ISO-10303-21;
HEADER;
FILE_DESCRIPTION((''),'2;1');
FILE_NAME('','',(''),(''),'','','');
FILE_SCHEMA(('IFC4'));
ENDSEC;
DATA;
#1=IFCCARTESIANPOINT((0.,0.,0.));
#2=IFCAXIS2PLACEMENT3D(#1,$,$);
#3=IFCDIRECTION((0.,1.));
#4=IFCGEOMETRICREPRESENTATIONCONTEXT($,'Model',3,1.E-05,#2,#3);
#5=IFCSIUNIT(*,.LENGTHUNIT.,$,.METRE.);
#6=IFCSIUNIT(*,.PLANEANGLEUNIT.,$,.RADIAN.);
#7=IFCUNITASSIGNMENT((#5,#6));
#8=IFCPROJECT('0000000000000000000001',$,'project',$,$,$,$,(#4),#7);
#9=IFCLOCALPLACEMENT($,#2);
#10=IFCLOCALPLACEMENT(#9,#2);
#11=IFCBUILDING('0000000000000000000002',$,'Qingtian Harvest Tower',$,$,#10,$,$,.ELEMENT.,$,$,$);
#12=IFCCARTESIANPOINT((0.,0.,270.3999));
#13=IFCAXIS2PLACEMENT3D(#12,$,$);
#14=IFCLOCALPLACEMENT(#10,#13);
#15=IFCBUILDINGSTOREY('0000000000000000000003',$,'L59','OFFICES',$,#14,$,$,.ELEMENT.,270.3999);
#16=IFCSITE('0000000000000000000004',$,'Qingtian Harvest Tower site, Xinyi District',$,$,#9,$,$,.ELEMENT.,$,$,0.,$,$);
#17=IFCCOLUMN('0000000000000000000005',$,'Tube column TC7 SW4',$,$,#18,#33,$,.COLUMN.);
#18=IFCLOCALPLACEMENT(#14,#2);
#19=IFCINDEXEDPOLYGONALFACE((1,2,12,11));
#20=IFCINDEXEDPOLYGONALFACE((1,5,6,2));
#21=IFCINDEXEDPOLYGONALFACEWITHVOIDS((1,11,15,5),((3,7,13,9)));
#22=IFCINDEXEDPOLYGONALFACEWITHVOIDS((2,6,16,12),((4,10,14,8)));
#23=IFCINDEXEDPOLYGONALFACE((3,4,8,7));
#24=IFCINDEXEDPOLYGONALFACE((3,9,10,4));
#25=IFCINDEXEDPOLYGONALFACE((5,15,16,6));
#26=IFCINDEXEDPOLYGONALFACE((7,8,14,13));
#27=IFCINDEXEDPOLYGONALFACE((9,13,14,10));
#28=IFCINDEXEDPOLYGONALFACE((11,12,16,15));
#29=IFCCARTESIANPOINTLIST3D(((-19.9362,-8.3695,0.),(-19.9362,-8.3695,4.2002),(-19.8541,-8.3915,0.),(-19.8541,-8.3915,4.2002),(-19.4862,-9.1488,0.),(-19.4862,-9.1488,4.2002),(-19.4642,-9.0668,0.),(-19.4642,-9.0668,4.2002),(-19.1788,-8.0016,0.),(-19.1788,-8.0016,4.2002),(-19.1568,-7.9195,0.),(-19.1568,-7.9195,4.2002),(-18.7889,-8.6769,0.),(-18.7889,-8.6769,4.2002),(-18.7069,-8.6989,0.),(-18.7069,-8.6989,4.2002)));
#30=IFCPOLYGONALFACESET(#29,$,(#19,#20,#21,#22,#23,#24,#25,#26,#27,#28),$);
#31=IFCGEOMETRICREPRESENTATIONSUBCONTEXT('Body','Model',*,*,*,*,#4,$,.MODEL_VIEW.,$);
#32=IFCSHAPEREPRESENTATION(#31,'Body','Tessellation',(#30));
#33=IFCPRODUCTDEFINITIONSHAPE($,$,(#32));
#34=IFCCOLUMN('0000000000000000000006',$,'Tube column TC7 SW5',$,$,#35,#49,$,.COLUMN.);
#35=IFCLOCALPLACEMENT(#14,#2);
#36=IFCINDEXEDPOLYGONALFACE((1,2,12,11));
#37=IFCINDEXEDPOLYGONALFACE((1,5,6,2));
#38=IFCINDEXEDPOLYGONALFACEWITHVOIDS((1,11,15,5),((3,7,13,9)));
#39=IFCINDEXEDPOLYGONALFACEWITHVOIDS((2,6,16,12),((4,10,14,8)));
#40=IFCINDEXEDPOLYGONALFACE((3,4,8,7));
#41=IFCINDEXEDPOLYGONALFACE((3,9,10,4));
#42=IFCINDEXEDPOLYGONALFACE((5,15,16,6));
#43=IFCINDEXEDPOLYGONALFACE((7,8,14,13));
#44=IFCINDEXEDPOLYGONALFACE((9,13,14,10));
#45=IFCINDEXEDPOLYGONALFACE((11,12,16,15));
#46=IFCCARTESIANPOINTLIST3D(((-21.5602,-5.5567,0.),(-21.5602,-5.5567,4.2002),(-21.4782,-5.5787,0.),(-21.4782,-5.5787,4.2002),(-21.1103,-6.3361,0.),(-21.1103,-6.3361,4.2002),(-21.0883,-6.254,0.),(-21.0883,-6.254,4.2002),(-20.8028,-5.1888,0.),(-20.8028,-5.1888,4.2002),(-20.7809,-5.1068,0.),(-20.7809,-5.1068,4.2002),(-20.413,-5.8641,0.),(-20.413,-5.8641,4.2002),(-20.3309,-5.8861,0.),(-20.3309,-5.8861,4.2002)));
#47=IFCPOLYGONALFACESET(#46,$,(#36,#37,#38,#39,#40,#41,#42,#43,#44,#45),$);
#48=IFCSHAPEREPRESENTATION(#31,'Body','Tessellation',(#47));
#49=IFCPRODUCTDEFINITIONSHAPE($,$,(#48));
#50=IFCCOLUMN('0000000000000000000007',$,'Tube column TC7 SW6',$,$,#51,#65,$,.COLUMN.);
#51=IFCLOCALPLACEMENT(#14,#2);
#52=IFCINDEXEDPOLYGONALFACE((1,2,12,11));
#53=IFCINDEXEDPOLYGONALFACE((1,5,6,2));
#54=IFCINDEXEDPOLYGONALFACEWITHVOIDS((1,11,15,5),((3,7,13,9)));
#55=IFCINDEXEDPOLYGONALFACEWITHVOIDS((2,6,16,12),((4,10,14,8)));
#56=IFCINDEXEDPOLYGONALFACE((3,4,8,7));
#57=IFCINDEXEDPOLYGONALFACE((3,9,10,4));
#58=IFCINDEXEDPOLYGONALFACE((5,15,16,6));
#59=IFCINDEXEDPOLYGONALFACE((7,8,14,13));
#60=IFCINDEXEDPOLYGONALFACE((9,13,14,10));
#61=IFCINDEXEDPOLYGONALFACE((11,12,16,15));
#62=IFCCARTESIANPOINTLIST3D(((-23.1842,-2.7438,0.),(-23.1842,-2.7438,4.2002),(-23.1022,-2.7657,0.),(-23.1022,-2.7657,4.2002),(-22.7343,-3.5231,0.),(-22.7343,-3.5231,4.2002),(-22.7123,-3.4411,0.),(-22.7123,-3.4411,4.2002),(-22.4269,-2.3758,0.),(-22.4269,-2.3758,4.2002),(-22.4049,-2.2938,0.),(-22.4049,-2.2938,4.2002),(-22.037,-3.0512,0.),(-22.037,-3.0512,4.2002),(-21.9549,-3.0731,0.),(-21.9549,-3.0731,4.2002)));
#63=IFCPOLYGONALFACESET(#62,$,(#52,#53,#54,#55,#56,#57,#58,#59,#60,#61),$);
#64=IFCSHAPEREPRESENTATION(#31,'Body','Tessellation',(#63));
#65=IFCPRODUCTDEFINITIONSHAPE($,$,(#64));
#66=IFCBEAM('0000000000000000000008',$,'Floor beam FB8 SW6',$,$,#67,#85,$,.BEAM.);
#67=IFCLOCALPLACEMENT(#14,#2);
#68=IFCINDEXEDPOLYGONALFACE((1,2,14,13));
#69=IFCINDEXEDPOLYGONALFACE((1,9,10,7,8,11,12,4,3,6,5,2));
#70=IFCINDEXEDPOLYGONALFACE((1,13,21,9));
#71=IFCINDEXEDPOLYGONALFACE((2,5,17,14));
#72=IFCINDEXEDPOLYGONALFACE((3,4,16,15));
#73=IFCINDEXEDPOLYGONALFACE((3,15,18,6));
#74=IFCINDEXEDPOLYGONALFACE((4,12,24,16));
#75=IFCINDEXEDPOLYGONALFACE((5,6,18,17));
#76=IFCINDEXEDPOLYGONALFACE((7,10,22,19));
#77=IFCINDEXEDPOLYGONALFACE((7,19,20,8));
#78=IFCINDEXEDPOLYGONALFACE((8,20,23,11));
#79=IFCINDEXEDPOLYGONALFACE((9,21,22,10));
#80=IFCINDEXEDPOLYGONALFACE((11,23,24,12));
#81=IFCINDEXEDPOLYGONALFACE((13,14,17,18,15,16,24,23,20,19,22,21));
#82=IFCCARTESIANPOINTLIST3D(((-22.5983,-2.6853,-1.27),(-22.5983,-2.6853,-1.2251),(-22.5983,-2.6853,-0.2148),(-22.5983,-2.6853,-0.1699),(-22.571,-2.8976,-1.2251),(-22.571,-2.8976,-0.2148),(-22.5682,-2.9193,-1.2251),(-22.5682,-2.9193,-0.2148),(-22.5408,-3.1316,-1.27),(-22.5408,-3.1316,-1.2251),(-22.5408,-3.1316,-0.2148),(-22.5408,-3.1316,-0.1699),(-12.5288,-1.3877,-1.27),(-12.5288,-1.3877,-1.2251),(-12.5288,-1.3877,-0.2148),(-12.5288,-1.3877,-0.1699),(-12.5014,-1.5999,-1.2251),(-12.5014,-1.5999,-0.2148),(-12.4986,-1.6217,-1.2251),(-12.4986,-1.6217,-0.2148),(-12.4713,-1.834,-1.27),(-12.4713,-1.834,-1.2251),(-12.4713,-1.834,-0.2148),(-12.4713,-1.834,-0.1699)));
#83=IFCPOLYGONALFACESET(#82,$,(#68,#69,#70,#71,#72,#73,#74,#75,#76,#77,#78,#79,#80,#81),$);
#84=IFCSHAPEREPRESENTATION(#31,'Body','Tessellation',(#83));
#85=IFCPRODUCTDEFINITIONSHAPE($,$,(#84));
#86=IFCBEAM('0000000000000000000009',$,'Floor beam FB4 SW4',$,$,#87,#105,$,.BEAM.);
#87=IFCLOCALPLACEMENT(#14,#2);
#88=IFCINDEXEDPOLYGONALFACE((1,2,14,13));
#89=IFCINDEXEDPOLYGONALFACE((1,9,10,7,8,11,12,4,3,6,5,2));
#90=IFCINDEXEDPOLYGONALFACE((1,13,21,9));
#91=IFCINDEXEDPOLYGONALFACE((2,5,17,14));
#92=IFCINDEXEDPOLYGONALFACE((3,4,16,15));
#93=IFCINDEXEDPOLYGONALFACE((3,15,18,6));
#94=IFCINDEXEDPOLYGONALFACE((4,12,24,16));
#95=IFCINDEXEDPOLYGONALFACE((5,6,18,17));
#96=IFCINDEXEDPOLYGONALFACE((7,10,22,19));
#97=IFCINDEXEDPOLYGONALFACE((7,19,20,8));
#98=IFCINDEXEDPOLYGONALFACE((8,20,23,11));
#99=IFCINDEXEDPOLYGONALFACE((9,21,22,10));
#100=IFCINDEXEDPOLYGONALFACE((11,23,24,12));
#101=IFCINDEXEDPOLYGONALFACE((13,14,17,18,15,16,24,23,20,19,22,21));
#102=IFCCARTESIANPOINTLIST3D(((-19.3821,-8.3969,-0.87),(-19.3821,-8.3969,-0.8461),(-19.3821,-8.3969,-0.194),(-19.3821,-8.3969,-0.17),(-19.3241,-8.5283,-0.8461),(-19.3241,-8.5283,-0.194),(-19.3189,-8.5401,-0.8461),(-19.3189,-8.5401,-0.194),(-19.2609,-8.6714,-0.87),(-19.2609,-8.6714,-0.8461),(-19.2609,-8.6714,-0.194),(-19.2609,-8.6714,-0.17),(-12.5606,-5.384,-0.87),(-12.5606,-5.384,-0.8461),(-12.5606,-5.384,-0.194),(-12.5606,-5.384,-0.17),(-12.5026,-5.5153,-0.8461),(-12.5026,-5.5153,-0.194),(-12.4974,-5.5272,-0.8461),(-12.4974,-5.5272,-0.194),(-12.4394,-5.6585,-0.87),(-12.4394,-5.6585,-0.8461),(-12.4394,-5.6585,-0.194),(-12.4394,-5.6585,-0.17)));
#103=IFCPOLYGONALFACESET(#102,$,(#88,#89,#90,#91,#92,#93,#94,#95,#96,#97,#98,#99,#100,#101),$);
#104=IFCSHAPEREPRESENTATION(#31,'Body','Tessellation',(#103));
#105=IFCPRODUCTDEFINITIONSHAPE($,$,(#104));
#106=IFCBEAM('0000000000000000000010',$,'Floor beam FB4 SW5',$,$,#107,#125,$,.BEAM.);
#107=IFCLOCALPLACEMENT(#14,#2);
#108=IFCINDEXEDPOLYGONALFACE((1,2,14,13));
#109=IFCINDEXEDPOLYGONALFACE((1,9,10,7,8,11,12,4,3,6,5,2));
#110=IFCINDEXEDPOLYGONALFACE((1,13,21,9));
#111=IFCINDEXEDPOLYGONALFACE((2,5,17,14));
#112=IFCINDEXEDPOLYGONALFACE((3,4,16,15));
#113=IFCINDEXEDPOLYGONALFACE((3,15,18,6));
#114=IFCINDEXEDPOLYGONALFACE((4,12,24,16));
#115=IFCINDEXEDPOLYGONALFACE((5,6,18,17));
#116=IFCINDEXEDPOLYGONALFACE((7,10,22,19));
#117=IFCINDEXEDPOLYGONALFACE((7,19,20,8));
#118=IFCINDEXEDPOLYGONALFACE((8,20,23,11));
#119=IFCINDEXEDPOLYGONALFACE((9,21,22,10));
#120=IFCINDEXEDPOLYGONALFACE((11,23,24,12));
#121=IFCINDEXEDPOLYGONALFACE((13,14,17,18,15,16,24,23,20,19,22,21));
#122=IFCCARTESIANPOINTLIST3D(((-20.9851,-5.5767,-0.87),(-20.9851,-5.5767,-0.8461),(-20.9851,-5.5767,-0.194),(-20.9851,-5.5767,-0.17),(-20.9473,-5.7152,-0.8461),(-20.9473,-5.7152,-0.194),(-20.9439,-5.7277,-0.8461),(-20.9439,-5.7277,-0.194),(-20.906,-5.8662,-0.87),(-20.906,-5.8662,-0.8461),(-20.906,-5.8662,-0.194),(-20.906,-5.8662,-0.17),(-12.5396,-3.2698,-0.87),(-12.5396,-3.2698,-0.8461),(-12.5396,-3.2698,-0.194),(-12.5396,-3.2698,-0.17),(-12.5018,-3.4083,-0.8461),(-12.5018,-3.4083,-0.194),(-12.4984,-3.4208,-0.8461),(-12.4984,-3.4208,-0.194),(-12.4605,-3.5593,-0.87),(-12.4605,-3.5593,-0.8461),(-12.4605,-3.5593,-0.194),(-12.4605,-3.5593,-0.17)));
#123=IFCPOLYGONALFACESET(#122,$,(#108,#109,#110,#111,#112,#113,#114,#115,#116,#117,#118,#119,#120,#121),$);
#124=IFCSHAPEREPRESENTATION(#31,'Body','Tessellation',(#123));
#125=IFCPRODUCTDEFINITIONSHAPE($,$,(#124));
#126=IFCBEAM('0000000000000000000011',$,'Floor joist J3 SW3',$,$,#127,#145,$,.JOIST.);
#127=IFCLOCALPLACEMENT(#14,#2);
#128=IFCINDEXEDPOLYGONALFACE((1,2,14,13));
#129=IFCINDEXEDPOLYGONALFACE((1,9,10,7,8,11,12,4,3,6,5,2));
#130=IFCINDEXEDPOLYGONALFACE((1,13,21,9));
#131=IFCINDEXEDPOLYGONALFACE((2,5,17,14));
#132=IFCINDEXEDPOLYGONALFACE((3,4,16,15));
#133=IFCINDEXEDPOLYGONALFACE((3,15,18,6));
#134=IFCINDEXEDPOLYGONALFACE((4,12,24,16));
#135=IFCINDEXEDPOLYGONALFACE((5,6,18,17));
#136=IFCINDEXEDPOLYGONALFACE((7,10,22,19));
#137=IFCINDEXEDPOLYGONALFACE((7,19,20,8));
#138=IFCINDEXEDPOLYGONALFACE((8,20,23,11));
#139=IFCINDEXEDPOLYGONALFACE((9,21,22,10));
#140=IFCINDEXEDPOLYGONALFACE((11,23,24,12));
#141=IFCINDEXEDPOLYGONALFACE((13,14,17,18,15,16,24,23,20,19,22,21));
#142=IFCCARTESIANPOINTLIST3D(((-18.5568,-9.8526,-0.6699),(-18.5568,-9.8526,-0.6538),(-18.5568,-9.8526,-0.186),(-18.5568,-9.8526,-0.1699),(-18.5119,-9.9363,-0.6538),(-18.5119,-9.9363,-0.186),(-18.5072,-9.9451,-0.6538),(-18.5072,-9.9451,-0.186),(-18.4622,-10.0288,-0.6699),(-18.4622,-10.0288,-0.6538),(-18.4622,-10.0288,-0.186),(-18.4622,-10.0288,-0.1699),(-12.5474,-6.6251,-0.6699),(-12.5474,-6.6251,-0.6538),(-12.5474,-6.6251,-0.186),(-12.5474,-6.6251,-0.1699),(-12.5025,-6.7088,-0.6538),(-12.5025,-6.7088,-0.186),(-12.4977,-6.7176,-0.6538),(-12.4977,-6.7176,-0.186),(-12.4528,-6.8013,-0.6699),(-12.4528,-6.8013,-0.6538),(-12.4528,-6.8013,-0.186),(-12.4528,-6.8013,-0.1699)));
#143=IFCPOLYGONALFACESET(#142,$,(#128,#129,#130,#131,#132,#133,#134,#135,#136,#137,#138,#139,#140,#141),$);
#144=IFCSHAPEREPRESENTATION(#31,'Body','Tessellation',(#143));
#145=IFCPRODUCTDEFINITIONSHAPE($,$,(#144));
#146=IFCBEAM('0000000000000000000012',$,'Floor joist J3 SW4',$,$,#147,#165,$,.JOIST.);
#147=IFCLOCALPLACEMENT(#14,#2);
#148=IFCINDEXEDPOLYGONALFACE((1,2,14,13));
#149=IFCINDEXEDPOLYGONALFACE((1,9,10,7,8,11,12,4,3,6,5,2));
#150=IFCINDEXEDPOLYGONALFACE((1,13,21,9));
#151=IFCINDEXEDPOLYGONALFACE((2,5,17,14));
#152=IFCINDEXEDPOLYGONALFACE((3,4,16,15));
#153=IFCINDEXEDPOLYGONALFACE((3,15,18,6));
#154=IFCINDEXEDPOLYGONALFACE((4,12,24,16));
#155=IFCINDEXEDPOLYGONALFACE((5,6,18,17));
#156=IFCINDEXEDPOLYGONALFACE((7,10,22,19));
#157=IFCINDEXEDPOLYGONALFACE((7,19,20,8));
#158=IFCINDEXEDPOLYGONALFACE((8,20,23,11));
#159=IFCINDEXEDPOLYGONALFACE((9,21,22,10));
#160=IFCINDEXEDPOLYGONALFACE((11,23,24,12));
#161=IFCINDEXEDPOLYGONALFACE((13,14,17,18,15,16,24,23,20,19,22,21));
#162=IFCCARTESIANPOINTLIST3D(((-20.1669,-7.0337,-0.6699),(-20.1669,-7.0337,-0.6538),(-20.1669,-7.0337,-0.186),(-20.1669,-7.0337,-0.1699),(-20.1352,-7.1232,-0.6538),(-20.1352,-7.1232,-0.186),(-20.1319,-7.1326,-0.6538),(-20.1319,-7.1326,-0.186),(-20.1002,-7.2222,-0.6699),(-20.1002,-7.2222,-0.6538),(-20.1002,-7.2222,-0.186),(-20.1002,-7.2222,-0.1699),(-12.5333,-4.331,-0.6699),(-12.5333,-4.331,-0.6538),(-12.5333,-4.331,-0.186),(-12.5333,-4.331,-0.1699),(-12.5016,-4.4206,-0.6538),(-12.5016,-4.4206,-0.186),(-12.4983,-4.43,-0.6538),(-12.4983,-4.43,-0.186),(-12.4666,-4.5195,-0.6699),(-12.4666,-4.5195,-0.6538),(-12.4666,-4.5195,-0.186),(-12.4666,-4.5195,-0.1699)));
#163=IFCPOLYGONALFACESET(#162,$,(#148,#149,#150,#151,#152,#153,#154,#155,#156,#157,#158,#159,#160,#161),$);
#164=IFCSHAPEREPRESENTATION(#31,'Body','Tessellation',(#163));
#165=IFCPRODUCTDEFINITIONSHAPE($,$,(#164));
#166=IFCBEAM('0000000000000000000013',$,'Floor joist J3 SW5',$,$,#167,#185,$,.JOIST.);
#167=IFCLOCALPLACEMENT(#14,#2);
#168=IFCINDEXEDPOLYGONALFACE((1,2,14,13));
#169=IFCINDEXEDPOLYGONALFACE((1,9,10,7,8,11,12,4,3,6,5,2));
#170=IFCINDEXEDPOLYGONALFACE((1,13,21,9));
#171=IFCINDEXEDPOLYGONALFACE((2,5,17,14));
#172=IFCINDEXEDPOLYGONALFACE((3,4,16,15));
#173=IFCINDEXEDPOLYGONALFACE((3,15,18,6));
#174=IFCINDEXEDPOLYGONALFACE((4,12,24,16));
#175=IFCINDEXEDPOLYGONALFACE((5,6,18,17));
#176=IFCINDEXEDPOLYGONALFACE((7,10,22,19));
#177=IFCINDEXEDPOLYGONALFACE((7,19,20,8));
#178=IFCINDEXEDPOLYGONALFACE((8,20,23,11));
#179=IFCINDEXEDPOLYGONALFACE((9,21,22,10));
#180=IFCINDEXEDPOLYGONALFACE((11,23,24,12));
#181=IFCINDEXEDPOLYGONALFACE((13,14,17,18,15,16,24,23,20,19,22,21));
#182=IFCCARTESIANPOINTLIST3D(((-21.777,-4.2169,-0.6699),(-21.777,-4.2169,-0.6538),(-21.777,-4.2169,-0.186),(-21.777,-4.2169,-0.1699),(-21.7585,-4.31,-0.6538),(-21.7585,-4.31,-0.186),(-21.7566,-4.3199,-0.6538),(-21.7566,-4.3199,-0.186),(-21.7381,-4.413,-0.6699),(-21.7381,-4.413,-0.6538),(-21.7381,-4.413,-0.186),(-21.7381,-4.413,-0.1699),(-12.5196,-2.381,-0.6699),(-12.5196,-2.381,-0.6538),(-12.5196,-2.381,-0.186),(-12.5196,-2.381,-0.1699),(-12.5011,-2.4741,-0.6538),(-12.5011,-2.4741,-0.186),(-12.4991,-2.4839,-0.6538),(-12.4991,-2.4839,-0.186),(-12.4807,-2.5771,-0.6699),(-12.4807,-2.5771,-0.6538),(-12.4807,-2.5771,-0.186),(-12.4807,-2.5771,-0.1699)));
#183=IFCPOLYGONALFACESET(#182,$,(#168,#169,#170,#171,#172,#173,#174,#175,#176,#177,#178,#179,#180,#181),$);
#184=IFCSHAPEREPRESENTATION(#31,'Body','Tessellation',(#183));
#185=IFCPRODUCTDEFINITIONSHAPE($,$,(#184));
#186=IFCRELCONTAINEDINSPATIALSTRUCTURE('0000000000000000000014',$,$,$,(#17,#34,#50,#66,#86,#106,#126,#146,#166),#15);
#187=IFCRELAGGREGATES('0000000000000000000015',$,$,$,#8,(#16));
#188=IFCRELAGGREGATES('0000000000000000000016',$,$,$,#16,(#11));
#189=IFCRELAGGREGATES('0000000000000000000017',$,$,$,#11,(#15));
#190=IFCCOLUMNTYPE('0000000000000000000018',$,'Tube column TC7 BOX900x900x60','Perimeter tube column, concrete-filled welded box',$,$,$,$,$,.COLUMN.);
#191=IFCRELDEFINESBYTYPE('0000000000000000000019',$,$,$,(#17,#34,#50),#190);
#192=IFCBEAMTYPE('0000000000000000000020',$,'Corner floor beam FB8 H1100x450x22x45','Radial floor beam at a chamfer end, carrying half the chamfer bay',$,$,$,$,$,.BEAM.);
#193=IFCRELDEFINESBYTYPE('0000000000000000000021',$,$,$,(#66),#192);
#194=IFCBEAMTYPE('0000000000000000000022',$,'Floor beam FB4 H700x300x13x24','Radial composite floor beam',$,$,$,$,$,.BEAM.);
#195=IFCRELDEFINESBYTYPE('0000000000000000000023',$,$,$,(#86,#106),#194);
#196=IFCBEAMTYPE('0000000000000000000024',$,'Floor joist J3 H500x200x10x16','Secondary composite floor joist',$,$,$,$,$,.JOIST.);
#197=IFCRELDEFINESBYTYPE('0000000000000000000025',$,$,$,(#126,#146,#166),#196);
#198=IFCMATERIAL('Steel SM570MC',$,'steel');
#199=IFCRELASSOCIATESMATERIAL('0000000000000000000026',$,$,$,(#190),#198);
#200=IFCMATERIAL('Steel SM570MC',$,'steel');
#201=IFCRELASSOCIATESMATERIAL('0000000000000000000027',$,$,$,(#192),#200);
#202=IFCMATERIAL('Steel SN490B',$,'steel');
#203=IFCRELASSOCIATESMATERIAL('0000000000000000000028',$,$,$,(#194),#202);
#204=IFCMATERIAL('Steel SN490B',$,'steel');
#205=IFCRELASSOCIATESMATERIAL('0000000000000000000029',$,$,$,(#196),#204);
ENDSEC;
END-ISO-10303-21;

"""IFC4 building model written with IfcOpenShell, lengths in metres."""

from ifc_helpers import new_model, si_unit, direction, frame, origin, origin_2d, place, context, subcontext, project, spatial, hollow_rectangle, i_section, extrude, material, material_profile, profile_set, type_object, element, save


model = new_model("IFC4")

# Units and contexts
model_context = context("Model", 3, precision=1e-05, world=origin(), true_north=direction((0.0, 1.0)))
body_context = subcontext(model_context, "Body", "Model", "MODEL_VIEW")
ifc_project = project(units=[si_unit("LENGTHUNIT", "METRE"), si_unit("PLANEANGLEUNIT", "RADIAN")], contexts=[model_context])

# Site, building, storey
site_placement = place(None, origin())
site = spatial("IfcSite", under=ifc_project, at=site_placement, Name="Qingtian Harvest Tower site, Xinyi District", CompositionType="ELEMENT", RefElevation=0.0)
building_placement = place(site_placement, origin())
building = spatial("IfcBuilding", under=site, at=building_placement, Name="Qingtian Harvest Tower", CompositionType="ELEMENT")
storey_placement = place(building_placement, frame((0.0, 0.0, 270.3999)))
storey = spatial("IfcBuildingStorey", under=building, at=storey_placement, Name="L59", Description="OFFICES", CompositionType="ELEMENT", Elevation=270.3999)

# Columns
ifc_material_1 = material(Name="Steel SM570MC", Category="steel")
ifc_material_profile_1 = material_profile(ifc_material_1, hollow_rectangle(XDim=0.8999, YDim=0.8999, WallThickness=0.0601, at=origin_2d()), Name="BOX900x900x60")
ifc_profile_set_1 = profile_set([ifc_material_profile_1], Name="Steel SM570MC")
column_type = type_object("IfcColumnType", Name="Tube column TC7 BOX900x900x60", Description="Perimeter tube column, concrete-filled welded box", PredefinedType="COLUMN", material=ifc_profile_set_1)
for number, where, z_axis, x_axis, name in (
    (1, (-19.3215, -8.5342, 0.0), (0.0, 0.0, 1.0), (0.5, -0.866025, 0.0), "Tube column TC7 SW4"),
    (2, (-20.9456, -5.7214, 0.0), (0.0, 0.0, 1.0), (0.5, -0.866025, 0.0), "Tube column TC7 SW5"),
    (3, (-22.5696, -2.9084, 0.0), (0.0, 0.0, 1.0), (0.5, -0.866025, 0.0), "Tube column TC7 SW6"),
):
    element("IfcColumn", number, at=place(storey_placement, frame(where, z_axis=z_axis, x_axis=x_axis)), inside=storey, type_object=column_type, Name=name, PredefinedType="COLUMN", context=body_context, shape_type="SweptSolid", body=[
        extrude(hollow_rectangle(XDim=0.8999, YDim=0.8999, WallThickness=0.0601, at=origin_2d()), origin(), (0.0, 0.0, 1.0), 4.2002),
    ])

# Beams
ifc_material_2 = material(Name="Steel SM570MC", Category="steel")
ifc_material_profile_2 = material_profile(ifc_material_2, i_section(OverallWidth=0.45, OverallDepth=1.1001, WebThickness=0.022, FlangeThickness=0.0449, at=origin_2d()), Name="H1100x450x22x45")
ifc_profile_set_2 = profile_set([ifc_material_profile_2], Name="Steel SM570MC")
beam_type_1 = type_object("IfcBeamType", Name="Corner floor beam FB8 H1100x450x22x45", Description="Radial floor beam at a chamfer end, carrying half the chamfer bay", PredefinedType="BEAM", material=ifc_profile_set_2)
beam_1_placement = place(storey_placement, frame((-22.5696, -2.9084, -0.72), z_axis=(0.991799, 0.127807, 0.0), x_axis=(-0.127807, 0.991799, 0.0)))
element("IfcBeam", 4, at=beam_1_placement, inside=storey, type_object=beam_type_1, Name="Floor beam FB8 SW6", PredefinedType="BEAM", context=body_context, shape_type="SweptSolid", body=[
    extrude(i_section(OverallWidth=0.45, OverallDepth=1.1001, WebThickness=0.022, FlangeThickness=0.0449, at=origin_2d()), origin(), (0.0, 0.0, 1.0), 10.1528),
])
ifc_material_3 = material(Name="Steel SN490B", Category="steel")
ifc_material_profile_3 = material_profile(ifc_material_3, i_section(OverallWidth=0.3, OverallDepth=0.7, WebThickness=0.0129, FlangeThickness=0.0239, at=origin_2d()), Name="H700x300x13x24")
ifc_profile_set_3 = profile_set([ifc_material_profile_3], Name="Steel SN490B")
beam_type_2 = type_object("IfcBeamType", Name="Floor beam FB4 H700x300x13x24", Description="Radial composite floor beam", PredefinedType="BEAM", material=ifc_profile_set_3)
beam_2_placement = place(storey_placement, frame((-19.3215, -8.5342, -0.52), z_axis=(0.914747, 0.404026, 0.0), x_axis=(-0.404026, 0.914747, 0.0)))
element("IfcBeam", 5, at=beam_2_placement, inside=storey, type_object=beam_type_2, Name="Floor beam FB4 SW4", PredefinedType="BEAM", context=body_context, shape_type="SweptSolid", body=[
    extrude(i_section(OverallWidth=0.3, OverallDepth=0.7, WebThickness=0.0129, FlangeThickness=0.0239, at=origin_2d()), origin(), (0.0, 0.0, 1.0), 7.4573),
])
beam_3_placement = place(storey_placement, frame((-20.9456, -5.7214, -0.52), z_axis=(0.964661, 0.263495, 0.0), x_axis=(-0.263495, 0.964661, 0.0)))
element("IfcBeam", 6, at=beam_3_placement, inside=storey, type_object=beam_type_2, Name="Floor beam FB4 SW5", PredefinedType="BEAM", context=body_context, shape_type="SweptSolid", body=[
    extrude(i_section(OverallWidth=0.3, OverallDepth=0.7, WebThickness=0.0129, FlangeThickness=0.0239, at=origin_2d()), origin(), (0.0, 0.0, 1.0), 8.7549),
])
ifc_material_4 = material(Name="Steel SN490B", Category="steel")
ifc_material_profile_4 = material_profile(ifc_material_4, i_section(OverallWidth=0.2, OverallDepth=0.5, WebThickness=0.01, FlangeThickness=0.0161, at=origin_2d()), Name="H500x200x10x16")
ifc_profile_set_4 = profile_set([ifc_material_profile_4], Name="Steel SN490B")
beam_type_3 = type_object("IfcBeamType", Name="Floor joist J3 H500x200x10x16", Description="Secondary composite floor joist", PredefinedType="JOIST", material=ifc_profile_set_4)
beam_4_placement = place(storey_placement, frame((-18.5095, -9.9407, -0.4199), z_axis=(0.880982, 0.47315, 0.0), x_axis=(-0.47315, 0.880982, 0.0)))
element("IfcBeam", 7, at=beam_4_placement, inside=storey, type_object=beam_type_3, Name="Floor joist J3 SW3", PredefinedType="JOIST", context=body_context, shape_type="SweptSolid", body=[
    extrude(i_section(OverallWidth=0.2, OverallDepth=0.5, WebThickness=0.01, FlangeThickness=0.0161, at=origin_2d()), origin(), (0.0, 0.0, 1.0), 6.8213),
])
beam_5_placement = place(storey_placement, frame((-20.1335, -7.1279, -0.4199), z_axis=(0.942663, 0.333747, 0.0), x_axis=(-0.333747, 0.942663, 0.0)))
element("IfcBeam", 8, at=beam_5_placement, inside=storey, type_object=beam_type_3, Name="Floor joist J3 SW4", PredefinedType="JOIST", context=body_context, shape_type="SweptSolid", body=[
    extrude(i_section(OverallWidth=0.2, OverallDepth=0.5, WebThickness=0.01, FlangeThickness=0.0161, at=origin_2d()), origin(), (0.0, 0.0, 1.0), 8.0979),
])
beam_6_placement = place(storey_placement, frame((-21.7576, -4.3149, -0.4199), z_axis=(0.980897, 0.194529, 0.0), x_axis=(-0.194529, 0.980897, 0.0)))
element("IfcBeam", 9, at=beam_6_placement, inside=storey, type_object=beam_type_3, Name="Floor joist J3 SW5", PredefinedType="JOIST", context=body_context, shape_type="SweptSolid", body=[
    extrude(i_section(OverallWidth=0.2, OverallDepth=0.5, WebThickness=0.01, FlangeThickness=0.0161, at=origin_2d()), origin(), (0.0, 0.0, 1.0), 9.4377),
])

save(model, "model.ifc")
